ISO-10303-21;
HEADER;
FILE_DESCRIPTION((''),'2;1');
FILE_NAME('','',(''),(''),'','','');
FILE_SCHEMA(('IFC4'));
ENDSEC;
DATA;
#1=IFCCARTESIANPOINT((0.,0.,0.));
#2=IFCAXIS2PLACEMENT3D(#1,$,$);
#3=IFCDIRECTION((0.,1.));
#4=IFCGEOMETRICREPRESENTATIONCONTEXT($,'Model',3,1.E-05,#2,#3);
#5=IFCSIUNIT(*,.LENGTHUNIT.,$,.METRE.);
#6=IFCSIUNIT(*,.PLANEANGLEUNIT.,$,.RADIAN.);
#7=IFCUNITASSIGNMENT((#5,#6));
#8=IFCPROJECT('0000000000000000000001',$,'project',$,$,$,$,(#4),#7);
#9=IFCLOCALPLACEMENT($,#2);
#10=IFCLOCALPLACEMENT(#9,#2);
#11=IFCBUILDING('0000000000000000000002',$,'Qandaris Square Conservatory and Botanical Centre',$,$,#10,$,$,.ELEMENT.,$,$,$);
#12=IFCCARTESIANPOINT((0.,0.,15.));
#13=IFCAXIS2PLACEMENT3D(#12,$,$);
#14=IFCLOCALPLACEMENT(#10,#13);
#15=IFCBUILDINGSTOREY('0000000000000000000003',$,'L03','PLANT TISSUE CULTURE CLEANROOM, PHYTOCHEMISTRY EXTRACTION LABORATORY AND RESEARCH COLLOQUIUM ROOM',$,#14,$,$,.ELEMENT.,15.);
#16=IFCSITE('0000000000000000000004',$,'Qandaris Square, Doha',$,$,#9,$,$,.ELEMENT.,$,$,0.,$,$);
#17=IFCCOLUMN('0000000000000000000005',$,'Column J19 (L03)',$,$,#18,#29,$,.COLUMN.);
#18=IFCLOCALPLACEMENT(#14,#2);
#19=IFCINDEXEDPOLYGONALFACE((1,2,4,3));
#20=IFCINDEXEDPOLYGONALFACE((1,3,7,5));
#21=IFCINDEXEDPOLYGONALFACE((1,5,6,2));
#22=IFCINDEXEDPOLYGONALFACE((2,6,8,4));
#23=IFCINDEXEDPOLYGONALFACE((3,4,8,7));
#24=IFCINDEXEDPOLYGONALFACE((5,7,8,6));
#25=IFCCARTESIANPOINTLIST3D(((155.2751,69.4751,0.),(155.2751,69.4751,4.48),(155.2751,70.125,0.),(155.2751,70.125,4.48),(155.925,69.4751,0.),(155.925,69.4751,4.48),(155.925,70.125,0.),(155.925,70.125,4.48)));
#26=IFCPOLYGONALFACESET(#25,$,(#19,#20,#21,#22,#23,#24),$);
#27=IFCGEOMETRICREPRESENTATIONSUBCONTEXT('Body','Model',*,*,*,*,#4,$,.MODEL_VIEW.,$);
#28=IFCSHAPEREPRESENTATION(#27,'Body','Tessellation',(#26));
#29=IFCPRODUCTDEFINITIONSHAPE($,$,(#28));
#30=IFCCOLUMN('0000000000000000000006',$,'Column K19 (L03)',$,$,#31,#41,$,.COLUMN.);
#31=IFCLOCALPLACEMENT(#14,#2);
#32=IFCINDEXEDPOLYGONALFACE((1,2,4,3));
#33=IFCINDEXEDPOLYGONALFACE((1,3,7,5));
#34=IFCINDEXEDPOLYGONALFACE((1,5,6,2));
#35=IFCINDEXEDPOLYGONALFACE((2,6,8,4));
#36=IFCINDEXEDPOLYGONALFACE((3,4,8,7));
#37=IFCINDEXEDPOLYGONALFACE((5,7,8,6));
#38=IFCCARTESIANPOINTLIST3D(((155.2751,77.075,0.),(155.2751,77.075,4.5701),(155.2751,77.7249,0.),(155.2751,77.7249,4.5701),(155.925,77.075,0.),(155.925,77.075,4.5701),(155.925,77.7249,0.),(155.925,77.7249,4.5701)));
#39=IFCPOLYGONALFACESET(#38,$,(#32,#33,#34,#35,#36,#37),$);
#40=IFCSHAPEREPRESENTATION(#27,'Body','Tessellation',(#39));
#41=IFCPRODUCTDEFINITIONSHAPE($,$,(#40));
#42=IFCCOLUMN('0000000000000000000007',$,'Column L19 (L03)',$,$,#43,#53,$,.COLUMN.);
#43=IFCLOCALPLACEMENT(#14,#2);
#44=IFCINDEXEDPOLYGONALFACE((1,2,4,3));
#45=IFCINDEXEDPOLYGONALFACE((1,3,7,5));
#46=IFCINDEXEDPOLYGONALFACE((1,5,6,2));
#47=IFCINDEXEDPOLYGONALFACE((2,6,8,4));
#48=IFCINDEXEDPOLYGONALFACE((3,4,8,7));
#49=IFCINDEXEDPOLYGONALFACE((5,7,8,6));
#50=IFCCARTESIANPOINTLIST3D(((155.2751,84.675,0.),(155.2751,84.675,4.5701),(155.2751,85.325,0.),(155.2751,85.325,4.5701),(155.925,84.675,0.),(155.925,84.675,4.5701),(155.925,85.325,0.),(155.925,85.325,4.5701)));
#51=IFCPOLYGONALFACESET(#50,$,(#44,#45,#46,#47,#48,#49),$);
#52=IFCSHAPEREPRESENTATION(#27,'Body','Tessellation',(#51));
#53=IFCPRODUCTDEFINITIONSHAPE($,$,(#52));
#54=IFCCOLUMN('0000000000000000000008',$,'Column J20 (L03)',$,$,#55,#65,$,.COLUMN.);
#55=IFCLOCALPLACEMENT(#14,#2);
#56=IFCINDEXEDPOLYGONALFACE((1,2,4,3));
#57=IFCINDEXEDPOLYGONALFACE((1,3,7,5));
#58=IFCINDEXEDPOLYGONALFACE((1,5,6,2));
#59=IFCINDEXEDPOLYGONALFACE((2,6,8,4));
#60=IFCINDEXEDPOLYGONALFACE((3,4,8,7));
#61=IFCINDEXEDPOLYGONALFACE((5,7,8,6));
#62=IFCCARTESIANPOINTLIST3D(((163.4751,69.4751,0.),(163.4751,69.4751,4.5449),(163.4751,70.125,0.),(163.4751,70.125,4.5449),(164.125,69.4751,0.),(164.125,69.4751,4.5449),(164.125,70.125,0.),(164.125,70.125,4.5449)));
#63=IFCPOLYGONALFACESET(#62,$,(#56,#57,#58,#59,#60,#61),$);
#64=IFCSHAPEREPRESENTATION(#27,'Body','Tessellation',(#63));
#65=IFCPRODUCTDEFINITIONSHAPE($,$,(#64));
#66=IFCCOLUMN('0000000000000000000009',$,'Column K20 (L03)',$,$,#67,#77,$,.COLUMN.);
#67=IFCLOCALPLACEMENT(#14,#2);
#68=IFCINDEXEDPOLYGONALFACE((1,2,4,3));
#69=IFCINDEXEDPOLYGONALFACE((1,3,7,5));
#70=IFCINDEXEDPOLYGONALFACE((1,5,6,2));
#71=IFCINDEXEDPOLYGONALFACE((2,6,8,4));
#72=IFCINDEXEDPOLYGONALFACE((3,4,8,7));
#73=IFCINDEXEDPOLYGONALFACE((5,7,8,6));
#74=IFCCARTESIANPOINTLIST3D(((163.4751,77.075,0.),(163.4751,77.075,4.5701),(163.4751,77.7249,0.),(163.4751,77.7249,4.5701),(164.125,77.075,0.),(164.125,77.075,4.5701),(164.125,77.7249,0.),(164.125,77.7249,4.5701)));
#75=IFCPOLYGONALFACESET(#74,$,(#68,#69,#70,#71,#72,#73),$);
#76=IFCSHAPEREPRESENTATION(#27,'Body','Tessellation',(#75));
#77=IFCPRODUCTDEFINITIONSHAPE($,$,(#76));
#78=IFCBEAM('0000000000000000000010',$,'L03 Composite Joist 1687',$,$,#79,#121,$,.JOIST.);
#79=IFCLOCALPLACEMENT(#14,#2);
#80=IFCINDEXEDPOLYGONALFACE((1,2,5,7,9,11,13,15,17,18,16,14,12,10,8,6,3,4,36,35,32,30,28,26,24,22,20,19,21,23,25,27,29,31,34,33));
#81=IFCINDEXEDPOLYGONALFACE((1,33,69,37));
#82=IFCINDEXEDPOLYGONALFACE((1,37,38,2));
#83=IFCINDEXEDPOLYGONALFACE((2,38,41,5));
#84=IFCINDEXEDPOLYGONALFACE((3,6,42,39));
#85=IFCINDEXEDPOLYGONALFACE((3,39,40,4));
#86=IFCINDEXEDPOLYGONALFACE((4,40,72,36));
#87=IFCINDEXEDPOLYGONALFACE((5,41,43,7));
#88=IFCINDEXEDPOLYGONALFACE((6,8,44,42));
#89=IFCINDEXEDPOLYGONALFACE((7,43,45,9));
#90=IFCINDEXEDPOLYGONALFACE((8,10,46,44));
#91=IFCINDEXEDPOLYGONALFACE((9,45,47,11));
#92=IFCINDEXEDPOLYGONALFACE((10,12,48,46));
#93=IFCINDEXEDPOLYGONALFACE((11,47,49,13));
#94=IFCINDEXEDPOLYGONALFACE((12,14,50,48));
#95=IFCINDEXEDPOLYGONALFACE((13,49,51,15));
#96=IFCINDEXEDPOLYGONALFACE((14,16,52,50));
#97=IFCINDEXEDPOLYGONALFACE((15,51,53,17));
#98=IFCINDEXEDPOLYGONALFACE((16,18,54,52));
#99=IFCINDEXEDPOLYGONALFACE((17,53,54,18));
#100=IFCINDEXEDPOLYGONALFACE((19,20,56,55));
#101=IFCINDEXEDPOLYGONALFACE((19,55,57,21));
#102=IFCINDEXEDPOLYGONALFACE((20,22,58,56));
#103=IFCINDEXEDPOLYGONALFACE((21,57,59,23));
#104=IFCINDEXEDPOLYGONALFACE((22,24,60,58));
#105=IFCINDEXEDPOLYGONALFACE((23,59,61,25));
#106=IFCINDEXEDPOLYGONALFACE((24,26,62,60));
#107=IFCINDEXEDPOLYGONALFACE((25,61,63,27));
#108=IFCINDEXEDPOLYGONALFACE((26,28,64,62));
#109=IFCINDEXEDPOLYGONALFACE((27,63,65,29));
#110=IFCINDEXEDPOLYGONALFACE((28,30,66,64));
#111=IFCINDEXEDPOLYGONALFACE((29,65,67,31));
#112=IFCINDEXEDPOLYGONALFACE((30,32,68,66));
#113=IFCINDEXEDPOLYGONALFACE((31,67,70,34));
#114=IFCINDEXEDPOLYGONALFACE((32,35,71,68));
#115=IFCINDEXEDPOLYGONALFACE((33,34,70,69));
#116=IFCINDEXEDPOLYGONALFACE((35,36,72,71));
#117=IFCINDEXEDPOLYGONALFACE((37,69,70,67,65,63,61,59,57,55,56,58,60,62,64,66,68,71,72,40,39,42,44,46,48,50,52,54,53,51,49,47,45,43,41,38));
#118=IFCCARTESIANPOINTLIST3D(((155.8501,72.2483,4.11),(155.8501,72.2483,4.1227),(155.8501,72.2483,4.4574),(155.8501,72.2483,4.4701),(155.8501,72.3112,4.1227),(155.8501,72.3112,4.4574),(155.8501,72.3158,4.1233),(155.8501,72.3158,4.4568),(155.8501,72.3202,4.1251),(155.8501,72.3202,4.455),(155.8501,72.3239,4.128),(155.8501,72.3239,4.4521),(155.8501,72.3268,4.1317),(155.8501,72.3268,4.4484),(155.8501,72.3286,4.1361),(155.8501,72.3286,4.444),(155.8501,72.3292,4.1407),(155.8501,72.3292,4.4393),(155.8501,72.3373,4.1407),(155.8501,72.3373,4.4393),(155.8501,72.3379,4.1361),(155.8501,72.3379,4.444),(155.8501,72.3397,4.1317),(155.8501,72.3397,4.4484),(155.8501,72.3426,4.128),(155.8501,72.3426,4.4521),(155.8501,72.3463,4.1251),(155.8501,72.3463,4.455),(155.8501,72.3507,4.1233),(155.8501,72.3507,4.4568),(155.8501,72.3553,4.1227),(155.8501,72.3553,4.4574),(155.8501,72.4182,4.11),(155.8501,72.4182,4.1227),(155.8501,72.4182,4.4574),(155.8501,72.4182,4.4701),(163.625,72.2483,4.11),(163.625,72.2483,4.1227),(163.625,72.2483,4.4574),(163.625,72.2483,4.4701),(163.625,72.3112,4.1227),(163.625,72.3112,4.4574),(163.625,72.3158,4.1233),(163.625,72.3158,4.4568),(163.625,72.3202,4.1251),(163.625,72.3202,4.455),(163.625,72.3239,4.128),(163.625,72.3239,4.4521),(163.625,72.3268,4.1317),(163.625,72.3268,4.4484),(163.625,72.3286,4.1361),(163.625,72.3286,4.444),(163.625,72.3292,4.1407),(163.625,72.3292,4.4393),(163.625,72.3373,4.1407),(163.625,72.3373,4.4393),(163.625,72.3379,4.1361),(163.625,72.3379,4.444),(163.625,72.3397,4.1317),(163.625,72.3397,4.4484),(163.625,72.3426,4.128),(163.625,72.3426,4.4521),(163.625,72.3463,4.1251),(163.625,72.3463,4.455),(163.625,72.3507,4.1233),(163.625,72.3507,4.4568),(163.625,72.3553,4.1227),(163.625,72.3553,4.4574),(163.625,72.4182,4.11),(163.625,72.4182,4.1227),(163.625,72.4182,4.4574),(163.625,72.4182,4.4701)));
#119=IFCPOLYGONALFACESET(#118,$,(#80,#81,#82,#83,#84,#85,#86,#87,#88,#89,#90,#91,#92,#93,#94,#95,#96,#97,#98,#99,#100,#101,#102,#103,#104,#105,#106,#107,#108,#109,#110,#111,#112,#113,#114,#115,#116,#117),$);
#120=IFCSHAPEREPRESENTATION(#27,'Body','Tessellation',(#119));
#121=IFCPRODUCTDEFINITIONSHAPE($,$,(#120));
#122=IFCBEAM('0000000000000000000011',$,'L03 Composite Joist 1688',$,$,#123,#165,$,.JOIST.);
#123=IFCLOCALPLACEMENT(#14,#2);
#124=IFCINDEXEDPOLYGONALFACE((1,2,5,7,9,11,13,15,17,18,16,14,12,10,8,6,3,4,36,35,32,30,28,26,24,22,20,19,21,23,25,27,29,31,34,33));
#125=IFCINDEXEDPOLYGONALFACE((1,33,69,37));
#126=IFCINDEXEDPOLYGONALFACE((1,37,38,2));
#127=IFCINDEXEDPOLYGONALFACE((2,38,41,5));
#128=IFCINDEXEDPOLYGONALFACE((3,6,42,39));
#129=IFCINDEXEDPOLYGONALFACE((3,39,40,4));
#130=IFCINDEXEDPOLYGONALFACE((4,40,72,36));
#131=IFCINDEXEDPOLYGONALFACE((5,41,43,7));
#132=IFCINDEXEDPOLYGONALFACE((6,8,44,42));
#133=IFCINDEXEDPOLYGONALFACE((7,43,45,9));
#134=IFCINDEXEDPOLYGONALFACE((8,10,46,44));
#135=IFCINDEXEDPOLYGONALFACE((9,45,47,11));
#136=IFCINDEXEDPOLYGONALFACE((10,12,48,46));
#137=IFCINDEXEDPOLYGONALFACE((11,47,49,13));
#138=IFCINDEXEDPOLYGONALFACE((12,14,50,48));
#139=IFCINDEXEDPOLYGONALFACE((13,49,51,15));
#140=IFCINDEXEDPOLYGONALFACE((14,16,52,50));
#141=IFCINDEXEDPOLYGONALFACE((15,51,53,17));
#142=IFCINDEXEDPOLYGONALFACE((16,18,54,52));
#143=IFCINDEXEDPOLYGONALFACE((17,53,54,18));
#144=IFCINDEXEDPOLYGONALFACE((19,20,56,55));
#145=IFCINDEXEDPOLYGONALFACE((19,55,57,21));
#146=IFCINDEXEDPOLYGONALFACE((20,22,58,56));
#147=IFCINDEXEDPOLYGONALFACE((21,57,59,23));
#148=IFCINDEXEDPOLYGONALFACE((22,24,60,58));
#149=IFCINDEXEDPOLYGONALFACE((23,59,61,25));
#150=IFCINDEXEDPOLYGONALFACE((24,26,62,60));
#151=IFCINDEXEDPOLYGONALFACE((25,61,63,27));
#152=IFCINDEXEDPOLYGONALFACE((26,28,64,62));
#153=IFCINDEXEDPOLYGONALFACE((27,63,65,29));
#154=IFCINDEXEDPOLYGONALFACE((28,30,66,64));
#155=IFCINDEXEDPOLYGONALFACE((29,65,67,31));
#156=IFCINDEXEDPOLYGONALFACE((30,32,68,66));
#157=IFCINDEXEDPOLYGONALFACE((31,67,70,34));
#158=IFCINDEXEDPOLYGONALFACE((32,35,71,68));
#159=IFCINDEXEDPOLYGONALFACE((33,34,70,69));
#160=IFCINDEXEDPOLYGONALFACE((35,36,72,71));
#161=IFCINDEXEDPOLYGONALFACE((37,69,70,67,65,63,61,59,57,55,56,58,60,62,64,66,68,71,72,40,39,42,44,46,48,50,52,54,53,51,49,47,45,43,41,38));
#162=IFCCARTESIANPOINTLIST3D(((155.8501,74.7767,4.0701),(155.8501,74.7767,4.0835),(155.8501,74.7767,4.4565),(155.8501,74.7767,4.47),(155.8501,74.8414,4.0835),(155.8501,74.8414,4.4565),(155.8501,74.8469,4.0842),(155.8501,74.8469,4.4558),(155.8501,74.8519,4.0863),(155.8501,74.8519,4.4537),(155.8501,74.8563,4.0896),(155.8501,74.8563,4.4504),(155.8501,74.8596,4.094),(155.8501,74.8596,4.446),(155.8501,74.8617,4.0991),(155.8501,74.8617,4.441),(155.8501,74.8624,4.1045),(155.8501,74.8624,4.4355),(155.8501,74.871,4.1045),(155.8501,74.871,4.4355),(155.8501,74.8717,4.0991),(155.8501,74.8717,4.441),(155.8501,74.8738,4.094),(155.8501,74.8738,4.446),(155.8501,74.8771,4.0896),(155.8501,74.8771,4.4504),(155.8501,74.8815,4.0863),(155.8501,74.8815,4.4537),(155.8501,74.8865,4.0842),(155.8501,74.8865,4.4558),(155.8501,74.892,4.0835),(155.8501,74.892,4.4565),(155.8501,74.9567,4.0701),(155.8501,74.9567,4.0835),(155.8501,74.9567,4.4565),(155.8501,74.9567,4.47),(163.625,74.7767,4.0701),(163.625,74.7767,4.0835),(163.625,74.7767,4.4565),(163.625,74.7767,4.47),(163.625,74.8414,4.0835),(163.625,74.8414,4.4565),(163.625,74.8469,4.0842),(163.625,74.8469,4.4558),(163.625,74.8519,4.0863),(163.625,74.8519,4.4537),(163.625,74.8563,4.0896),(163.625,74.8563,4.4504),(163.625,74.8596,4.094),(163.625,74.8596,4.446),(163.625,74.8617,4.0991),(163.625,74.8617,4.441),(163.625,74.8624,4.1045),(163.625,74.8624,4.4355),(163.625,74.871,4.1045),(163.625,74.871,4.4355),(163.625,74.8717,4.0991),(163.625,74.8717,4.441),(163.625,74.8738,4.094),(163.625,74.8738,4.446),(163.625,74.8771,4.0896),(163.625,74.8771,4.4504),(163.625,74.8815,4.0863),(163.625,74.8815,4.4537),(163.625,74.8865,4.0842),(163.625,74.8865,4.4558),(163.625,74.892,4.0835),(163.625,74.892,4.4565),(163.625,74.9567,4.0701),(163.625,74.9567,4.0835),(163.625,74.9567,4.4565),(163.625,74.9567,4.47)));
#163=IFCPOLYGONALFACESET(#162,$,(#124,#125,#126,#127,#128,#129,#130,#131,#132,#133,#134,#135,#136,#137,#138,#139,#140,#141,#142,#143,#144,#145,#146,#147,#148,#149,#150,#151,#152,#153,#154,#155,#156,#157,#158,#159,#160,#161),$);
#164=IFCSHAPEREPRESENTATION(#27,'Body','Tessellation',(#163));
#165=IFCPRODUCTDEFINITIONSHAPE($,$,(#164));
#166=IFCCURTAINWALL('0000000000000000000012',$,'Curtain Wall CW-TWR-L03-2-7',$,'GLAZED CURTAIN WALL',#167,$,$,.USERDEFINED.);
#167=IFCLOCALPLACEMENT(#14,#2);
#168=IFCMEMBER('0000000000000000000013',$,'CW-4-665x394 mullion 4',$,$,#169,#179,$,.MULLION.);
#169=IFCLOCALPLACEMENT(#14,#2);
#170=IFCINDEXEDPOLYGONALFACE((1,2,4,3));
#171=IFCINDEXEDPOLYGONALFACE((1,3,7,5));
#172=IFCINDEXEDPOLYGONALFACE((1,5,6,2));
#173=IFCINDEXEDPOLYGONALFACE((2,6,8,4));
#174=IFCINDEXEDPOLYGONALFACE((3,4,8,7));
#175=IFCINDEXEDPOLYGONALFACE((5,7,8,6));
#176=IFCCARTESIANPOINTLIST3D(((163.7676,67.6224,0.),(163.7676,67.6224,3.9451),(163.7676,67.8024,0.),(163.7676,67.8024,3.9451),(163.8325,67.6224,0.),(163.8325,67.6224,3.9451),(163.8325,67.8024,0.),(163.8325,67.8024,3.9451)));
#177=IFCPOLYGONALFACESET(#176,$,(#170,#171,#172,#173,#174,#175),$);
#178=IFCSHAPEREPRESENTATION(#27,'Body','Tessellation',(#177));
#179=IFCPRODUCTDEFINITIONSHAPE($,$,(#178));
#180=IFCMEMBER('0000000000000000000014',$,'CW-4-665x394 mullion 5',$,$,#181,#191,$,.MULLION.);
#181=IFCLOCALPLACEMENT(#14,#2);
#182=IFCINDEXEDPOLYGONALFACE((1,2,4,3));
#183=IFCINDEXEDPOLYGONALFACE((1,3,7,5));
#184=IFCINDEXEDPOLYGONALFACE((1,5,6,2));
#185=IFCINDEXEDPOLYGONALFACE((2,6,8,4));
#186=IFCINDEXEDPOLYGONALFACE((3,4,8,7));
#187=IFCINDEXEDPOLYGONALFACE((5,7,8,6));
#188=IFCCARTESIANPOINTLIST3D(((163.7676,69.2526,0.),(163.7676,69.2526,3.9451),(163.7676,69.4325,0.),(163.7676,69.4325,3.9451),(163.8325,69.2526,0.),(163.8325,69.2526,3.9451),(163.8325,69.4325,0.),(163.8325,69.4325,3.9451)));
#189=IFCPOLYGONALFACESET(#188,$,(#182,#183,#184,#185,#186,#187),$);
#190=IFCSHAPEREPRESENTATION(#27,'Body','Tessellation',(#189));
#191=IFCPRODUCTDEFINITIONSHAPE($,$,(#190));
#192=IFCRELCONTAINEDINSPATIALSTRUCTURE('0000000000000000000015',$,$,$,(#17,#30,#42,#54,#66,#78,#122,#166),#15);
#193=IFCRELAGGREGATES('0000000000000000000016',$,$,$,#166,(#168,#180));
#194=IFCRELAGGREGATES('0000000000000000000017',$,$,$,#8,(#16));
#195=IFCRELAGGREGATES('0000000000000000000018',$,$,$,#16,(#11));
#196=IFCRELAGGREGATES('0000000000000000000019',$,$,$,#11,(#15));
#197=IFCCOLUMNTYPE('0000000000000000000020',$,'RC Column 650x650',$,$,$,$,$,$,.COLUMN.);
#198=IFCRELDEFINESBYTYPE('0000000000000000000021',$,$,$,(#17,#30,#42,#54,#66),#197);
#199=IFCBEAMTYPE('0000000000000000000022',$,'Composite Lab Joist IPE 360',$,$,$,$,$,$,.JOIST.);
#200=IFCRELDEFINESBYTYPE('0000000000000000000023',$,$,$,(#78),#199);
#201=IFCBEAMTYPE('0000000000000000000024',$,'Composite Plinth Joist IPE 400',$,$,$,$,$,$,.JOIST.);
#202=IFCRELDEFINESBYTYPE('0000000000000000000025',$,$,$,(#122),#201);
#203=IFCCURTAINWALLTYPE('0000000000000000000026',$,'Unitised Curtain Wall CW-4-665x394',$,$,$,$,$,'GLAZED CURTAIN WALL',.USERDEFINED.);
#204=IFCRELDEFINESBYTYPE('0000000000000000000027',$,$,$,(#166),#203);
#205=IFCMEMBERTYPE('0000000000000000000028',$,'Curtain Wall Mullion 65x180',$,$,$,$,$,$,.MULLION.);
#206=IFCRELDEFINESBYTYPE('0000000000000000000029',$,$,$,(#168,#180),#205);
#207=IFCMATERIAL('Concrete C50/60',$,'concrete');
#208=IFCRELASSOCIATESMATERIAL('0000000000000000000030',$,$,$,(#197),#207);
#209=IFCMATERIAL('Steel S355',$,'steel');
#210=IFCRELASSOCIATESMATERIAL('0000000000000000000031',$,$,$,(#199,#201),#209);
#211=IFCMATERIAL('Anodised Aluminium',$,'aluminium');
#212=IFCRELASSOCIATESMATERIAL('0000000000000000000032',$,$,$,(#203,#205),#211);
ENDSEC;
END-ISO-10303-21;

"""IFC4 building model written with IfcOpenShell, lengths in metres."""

from ifc_helpers import new_model, si_unit, direction, frame, origin, origin_2d, place, context, subcontext, project, spatial, rectangle, i_section, extrude, material, material_profile, profile_set, type_object, element, aggregate, save


model = new_model("IFC4")

# Units and contexts
model_context = context("Model", 3, precision=1e-05, world=origin(), true_north=direction((0.0, 1.0)))
body_context = subcontext(model_context, "Body", "Model", "MODEL_VIEW")
ifc_project = project(units=[si_unit("LENGTHUNIT", "METRE"), si_unit("PLANEANGLEUNIT", "RADIAN")], contexts=[model_context])

# Site, building, storey
site_placement = place(None, origin())
site = spatial("IfcSite", under=ifc_project, at=site_placement, Name="Qandaris Square, Doha", CompositionType="ELEMENT", RefElevation=0.0)
building_placement = place(site_placement, origin())
building = spatial("IfcBuilding", under=site, at=building_placement, Name="Qandaris Square Conservatory and Botanical Centre", CompositionType="ELEMENT")
storey_placement = place(building_placement, frame((0.0, 0.0, 15.0)))
storey = spatial("IfcBuildingStorey", under=building, at=storey_placement, Name="L03", Description="PLANT TISSUE CULTURE CLEANROOM, PHYTOCHEMISTRY EXTRACTION LABORATORY AND RESEARCH COLLOQUIUM ROOM", CompositionType="ELEMENT", Elevation=15.0)

# Columns
ifc_material_1 = material(Name="Concrete C50/60", Category="concrete")
ifc_material_profile_1 = material_profile(ifc_material_1, rectangle(XDim=0.6499, YDim=0.6499, at=origin_2d()), Name="RC-COL 650x650")
ifc_profile_set_1 = profile_set([ifc_material_profile_1], Name="Concrete C50/60")
column_type = type_object("IfcColumnType", Name="RC Column 650x650", PredefinedType="COLUMN", material=ifc_profile_set_1)
column_1_placement = place(storey_placement, frame((155.6001, 69.8, 0.0), z_axis=(0.0, 0.0, 1.0), x_axis=(1.0, 0.0, 0.0)))
element("IfcColumn", 1, at=column_1_placement, inside=storey, type_object=column_type, Name="Column J19 (L03)", PredefinedType="COLUMN", context=body_context, shape_type="SweptSolid", body=[
    extrude(rectangle(XDim=0.6499, YDim=0.6499, at=origin_2d()), origin(), (0.0, 0.0, 1.0), 4.48),
])
for number, where, z_axis, x_axis, name in (
    (2, (155.6001, 77.3999, 0.0), (0.0, 0.0, 1.0), (1.0, 0.0, 0.0), "Column K19 (L03)"),
    (3, (155.6001, 85.0, 0.0), (0.0, 0.0, 1.0), (1.0, 0.0, 0.0), "Column L19 (L03)"),
):
    element("IfcColumn", number, at=place(storey_placement, frame(where, z_axis=z_axis, x_axis=x_axis)), inside=storey, type_object=column_type, Name=name, PredefinedType="COLUMN", context=body_context, shape_type="SweptSolid", body=[
        extrude(rectangle(XDim=0.6499, YDim=0.6499, at=origin_2d()), origin(), (0.0, 0.0, 1.0), 4.5701),
    ])
column_2_placement = place(storey_placement, frame((163.8, 69.8, 0.0), z_axis=(0.0, 0.0, 1.0), x_axis=(1.0, 0.0, 0.0)))
element("IfcColumn", 4, at=column_2_placement, inside=storey, type_object=column_type, Name="Column J20 (L03)", PredefinedType="COLUMN", context=body_context, shape_type="SweptSolid", body=[
    extrude(rectangle(XDim=0.6499, YDim=0.6499, at=origin_2d()), origin(), (0.0, 0.0, 1.0), 4.5449),
])
column_3_placement = place(storey_placement, frame((163.8, 77.3999, 0.0), z_axis=(0.0, 0.0, 1.0), x_axis=(1.0, 0.0, 0.0)))
element("IfcColumn", 5, at=column_3_placement, inside=storey, type_object=column_type, Name="Column K20 (L03)", PredefinedType="COLUMN", context=body_context, shape_type="SweptSolid", body=[
    extrude(rectangle(XDim=0.6499, YDim=0.6499, at=origin_2d()), origin(), (0.0, 0.0, 1.0), 4.5701),
])

# Beams
ifc_material_2 = material(Name="Steel S355", Category="steel")
ifc_material_profile_2 = material_profile(ifc_material_2, i_section(OverallWidth=0.1699, OverallDepth=0.3601, WebThickness=0.0081, FlangeThickness=0.0127, FilletRadius=0.0181, at=origin_2d()), Name="IPE 360")
ifc_profile_set_2 = profile_set([ifc_material_profile_2], Name="Steel S355")
beam_type_1 = type_object("IfcBeamType", Name="Composite Lab Joist IPE 360", PredefinedType="JOIST", material=ifc_profile_set_2)
beam_1_placement = place(storey_placement, frame((155.8501, 72.3333, 4.29), z_axis=(1.0, 0.0, 0.0), x_axis=(0.0, 1.0, 0.0)))
element("IfcBeam", 6, at=beam_1_placement, inside=storey, type_object=beam_type_1, Name="L03 Composite Joist 1687", PredefinedType="JOIST", context=body_context, shape_type="SweptSolid", body=[
    extrude(i_section(OverallWidth=0.1699, OverallDepth=0.3601, WebThickness=0.0081, FlangeThickness=0.0127, FilletRadius=0.0181, at=origin_2d()), origin(), (0.0, 0.0, 1.0), 7.7749),
])
ifc_material_profile_3 = material_profile(ifc_material_2, i_section(OverallWidth=0.1799, OverallDepth=0.3999, WebThickness=0.0085, FlangeThickness=0.0134, FilletRadius=0.021, at=origin_2d()), Name="IPE 400")
ifc_profile_set_3 = profile_set([ifc_material_profile_3], Name="Steel S355")
beam_type_2 = type_object("IfcBeamType", Name="Composite Plinth Joist IPE 400", PredefinedType="JOIST", material=ifc_profile_set_3)
beam_2_placement = place(storey_placement, frame((155.8501, 74.8667, 4.27), z_axis=(1.0, 0.0, 0.0), x_axis=(0.0, 1.0, 0.0)))
element("IfcBeam", 7, at=beam_2_placement, inside=storey, type_object=beam_type_2, Name="L03 Composite Joist 1688", PredefinedType="JOIST", context=body_context, shape_type="SweptSolid", body=[
    extrude(i_section(OverallWidth=0.1799, OverallDepth=0.3999, WebThickness=0.0085, FlangeThickness=0.0134, FilletRadius=0.021, at=origin_2d()), origin(), (0.0, 0.0, 1.0), 7.7749),
])

# Curtain wall, members
ifc_material_3 = material(Name="Anodised Aluminium", Category="aluminium")
curtain_wall_type = type_object("IfcCurtainWallType", Name="Unitised Curtain Wall CW-4-665x394", ElementType="GLAZED CURTAIN WALL", PredefinedType="USERDEFINED", material=ifc_material_3)
curtain_wall_placement = place(storey_placement, origin())
curtain_wall = element("IfcCurtainWall", 8, at=curtain_wall_placement, inside=storey, type_object=curtain_wall_type, Name="Curtain Wall CW-TWR-L03-2-7", ObjectType="GLAZED CURTAIN WALL", PredefinedType="USERDEFINED")
ifc_material_profile_4 = material_profile(ifc_material_3, rectangle(XDim=0.0649, YDim=0.1799, at=origin_2d()), Name="ALU-MUL 65x180")
ifc_profile_set_4 = profile_set([ifc_material_profile_4], Name="Anodised Aluminium")
member_type_1 = type_object("IfcMemberType", Name="Curtain Wall Mullion 65x180", PredefinedType="MULLION", material=ifc_profile_set_4)
member_1_placement = place(storey_placement, frame((163.8, 67.7124, 0.0), z_axis=(0.0, 0.0, 1.0), x_axis=(-1.0, 0.0, 0.0)))
member_1 = element("IfcMember", 9, at=member_1_placement, type_object=member_type_1, Name="CW-4-665x394 mullion 4", PredefinedType="MULLION", context=body_context, shape_type="SweptSolid", body=[
    extrude(rectangle(XDim=0.0649, YDim=0.1799, at=origin_2d()), origin(), (0.0, 0.0, 1.0), 3.9451),
])
member_2_placement = place(storey_placement, frame((163.8, 69.3425, 0.0), z_axis=(0.0, 0.0, 1.0), x_axis=(-1.0, 0.0, 0.0)))
member_2 = element("IfcMember", 10, at=member_2_placement, type_object=member_type_1, Name="CW-4-665x394 mullion 5", PredefinedType="MULLION", context=body_context, shape_type="SweptSolid", body=[
    extrude(rectangle(XDim=0.0649, YDim=0.1799, at=origin_2d()), origin(), (0.0, 0.0, 1.0), 3.9451),
])

aggregate(curtain_wall, [member_1, member_2])

save(model, "model.ifc")
